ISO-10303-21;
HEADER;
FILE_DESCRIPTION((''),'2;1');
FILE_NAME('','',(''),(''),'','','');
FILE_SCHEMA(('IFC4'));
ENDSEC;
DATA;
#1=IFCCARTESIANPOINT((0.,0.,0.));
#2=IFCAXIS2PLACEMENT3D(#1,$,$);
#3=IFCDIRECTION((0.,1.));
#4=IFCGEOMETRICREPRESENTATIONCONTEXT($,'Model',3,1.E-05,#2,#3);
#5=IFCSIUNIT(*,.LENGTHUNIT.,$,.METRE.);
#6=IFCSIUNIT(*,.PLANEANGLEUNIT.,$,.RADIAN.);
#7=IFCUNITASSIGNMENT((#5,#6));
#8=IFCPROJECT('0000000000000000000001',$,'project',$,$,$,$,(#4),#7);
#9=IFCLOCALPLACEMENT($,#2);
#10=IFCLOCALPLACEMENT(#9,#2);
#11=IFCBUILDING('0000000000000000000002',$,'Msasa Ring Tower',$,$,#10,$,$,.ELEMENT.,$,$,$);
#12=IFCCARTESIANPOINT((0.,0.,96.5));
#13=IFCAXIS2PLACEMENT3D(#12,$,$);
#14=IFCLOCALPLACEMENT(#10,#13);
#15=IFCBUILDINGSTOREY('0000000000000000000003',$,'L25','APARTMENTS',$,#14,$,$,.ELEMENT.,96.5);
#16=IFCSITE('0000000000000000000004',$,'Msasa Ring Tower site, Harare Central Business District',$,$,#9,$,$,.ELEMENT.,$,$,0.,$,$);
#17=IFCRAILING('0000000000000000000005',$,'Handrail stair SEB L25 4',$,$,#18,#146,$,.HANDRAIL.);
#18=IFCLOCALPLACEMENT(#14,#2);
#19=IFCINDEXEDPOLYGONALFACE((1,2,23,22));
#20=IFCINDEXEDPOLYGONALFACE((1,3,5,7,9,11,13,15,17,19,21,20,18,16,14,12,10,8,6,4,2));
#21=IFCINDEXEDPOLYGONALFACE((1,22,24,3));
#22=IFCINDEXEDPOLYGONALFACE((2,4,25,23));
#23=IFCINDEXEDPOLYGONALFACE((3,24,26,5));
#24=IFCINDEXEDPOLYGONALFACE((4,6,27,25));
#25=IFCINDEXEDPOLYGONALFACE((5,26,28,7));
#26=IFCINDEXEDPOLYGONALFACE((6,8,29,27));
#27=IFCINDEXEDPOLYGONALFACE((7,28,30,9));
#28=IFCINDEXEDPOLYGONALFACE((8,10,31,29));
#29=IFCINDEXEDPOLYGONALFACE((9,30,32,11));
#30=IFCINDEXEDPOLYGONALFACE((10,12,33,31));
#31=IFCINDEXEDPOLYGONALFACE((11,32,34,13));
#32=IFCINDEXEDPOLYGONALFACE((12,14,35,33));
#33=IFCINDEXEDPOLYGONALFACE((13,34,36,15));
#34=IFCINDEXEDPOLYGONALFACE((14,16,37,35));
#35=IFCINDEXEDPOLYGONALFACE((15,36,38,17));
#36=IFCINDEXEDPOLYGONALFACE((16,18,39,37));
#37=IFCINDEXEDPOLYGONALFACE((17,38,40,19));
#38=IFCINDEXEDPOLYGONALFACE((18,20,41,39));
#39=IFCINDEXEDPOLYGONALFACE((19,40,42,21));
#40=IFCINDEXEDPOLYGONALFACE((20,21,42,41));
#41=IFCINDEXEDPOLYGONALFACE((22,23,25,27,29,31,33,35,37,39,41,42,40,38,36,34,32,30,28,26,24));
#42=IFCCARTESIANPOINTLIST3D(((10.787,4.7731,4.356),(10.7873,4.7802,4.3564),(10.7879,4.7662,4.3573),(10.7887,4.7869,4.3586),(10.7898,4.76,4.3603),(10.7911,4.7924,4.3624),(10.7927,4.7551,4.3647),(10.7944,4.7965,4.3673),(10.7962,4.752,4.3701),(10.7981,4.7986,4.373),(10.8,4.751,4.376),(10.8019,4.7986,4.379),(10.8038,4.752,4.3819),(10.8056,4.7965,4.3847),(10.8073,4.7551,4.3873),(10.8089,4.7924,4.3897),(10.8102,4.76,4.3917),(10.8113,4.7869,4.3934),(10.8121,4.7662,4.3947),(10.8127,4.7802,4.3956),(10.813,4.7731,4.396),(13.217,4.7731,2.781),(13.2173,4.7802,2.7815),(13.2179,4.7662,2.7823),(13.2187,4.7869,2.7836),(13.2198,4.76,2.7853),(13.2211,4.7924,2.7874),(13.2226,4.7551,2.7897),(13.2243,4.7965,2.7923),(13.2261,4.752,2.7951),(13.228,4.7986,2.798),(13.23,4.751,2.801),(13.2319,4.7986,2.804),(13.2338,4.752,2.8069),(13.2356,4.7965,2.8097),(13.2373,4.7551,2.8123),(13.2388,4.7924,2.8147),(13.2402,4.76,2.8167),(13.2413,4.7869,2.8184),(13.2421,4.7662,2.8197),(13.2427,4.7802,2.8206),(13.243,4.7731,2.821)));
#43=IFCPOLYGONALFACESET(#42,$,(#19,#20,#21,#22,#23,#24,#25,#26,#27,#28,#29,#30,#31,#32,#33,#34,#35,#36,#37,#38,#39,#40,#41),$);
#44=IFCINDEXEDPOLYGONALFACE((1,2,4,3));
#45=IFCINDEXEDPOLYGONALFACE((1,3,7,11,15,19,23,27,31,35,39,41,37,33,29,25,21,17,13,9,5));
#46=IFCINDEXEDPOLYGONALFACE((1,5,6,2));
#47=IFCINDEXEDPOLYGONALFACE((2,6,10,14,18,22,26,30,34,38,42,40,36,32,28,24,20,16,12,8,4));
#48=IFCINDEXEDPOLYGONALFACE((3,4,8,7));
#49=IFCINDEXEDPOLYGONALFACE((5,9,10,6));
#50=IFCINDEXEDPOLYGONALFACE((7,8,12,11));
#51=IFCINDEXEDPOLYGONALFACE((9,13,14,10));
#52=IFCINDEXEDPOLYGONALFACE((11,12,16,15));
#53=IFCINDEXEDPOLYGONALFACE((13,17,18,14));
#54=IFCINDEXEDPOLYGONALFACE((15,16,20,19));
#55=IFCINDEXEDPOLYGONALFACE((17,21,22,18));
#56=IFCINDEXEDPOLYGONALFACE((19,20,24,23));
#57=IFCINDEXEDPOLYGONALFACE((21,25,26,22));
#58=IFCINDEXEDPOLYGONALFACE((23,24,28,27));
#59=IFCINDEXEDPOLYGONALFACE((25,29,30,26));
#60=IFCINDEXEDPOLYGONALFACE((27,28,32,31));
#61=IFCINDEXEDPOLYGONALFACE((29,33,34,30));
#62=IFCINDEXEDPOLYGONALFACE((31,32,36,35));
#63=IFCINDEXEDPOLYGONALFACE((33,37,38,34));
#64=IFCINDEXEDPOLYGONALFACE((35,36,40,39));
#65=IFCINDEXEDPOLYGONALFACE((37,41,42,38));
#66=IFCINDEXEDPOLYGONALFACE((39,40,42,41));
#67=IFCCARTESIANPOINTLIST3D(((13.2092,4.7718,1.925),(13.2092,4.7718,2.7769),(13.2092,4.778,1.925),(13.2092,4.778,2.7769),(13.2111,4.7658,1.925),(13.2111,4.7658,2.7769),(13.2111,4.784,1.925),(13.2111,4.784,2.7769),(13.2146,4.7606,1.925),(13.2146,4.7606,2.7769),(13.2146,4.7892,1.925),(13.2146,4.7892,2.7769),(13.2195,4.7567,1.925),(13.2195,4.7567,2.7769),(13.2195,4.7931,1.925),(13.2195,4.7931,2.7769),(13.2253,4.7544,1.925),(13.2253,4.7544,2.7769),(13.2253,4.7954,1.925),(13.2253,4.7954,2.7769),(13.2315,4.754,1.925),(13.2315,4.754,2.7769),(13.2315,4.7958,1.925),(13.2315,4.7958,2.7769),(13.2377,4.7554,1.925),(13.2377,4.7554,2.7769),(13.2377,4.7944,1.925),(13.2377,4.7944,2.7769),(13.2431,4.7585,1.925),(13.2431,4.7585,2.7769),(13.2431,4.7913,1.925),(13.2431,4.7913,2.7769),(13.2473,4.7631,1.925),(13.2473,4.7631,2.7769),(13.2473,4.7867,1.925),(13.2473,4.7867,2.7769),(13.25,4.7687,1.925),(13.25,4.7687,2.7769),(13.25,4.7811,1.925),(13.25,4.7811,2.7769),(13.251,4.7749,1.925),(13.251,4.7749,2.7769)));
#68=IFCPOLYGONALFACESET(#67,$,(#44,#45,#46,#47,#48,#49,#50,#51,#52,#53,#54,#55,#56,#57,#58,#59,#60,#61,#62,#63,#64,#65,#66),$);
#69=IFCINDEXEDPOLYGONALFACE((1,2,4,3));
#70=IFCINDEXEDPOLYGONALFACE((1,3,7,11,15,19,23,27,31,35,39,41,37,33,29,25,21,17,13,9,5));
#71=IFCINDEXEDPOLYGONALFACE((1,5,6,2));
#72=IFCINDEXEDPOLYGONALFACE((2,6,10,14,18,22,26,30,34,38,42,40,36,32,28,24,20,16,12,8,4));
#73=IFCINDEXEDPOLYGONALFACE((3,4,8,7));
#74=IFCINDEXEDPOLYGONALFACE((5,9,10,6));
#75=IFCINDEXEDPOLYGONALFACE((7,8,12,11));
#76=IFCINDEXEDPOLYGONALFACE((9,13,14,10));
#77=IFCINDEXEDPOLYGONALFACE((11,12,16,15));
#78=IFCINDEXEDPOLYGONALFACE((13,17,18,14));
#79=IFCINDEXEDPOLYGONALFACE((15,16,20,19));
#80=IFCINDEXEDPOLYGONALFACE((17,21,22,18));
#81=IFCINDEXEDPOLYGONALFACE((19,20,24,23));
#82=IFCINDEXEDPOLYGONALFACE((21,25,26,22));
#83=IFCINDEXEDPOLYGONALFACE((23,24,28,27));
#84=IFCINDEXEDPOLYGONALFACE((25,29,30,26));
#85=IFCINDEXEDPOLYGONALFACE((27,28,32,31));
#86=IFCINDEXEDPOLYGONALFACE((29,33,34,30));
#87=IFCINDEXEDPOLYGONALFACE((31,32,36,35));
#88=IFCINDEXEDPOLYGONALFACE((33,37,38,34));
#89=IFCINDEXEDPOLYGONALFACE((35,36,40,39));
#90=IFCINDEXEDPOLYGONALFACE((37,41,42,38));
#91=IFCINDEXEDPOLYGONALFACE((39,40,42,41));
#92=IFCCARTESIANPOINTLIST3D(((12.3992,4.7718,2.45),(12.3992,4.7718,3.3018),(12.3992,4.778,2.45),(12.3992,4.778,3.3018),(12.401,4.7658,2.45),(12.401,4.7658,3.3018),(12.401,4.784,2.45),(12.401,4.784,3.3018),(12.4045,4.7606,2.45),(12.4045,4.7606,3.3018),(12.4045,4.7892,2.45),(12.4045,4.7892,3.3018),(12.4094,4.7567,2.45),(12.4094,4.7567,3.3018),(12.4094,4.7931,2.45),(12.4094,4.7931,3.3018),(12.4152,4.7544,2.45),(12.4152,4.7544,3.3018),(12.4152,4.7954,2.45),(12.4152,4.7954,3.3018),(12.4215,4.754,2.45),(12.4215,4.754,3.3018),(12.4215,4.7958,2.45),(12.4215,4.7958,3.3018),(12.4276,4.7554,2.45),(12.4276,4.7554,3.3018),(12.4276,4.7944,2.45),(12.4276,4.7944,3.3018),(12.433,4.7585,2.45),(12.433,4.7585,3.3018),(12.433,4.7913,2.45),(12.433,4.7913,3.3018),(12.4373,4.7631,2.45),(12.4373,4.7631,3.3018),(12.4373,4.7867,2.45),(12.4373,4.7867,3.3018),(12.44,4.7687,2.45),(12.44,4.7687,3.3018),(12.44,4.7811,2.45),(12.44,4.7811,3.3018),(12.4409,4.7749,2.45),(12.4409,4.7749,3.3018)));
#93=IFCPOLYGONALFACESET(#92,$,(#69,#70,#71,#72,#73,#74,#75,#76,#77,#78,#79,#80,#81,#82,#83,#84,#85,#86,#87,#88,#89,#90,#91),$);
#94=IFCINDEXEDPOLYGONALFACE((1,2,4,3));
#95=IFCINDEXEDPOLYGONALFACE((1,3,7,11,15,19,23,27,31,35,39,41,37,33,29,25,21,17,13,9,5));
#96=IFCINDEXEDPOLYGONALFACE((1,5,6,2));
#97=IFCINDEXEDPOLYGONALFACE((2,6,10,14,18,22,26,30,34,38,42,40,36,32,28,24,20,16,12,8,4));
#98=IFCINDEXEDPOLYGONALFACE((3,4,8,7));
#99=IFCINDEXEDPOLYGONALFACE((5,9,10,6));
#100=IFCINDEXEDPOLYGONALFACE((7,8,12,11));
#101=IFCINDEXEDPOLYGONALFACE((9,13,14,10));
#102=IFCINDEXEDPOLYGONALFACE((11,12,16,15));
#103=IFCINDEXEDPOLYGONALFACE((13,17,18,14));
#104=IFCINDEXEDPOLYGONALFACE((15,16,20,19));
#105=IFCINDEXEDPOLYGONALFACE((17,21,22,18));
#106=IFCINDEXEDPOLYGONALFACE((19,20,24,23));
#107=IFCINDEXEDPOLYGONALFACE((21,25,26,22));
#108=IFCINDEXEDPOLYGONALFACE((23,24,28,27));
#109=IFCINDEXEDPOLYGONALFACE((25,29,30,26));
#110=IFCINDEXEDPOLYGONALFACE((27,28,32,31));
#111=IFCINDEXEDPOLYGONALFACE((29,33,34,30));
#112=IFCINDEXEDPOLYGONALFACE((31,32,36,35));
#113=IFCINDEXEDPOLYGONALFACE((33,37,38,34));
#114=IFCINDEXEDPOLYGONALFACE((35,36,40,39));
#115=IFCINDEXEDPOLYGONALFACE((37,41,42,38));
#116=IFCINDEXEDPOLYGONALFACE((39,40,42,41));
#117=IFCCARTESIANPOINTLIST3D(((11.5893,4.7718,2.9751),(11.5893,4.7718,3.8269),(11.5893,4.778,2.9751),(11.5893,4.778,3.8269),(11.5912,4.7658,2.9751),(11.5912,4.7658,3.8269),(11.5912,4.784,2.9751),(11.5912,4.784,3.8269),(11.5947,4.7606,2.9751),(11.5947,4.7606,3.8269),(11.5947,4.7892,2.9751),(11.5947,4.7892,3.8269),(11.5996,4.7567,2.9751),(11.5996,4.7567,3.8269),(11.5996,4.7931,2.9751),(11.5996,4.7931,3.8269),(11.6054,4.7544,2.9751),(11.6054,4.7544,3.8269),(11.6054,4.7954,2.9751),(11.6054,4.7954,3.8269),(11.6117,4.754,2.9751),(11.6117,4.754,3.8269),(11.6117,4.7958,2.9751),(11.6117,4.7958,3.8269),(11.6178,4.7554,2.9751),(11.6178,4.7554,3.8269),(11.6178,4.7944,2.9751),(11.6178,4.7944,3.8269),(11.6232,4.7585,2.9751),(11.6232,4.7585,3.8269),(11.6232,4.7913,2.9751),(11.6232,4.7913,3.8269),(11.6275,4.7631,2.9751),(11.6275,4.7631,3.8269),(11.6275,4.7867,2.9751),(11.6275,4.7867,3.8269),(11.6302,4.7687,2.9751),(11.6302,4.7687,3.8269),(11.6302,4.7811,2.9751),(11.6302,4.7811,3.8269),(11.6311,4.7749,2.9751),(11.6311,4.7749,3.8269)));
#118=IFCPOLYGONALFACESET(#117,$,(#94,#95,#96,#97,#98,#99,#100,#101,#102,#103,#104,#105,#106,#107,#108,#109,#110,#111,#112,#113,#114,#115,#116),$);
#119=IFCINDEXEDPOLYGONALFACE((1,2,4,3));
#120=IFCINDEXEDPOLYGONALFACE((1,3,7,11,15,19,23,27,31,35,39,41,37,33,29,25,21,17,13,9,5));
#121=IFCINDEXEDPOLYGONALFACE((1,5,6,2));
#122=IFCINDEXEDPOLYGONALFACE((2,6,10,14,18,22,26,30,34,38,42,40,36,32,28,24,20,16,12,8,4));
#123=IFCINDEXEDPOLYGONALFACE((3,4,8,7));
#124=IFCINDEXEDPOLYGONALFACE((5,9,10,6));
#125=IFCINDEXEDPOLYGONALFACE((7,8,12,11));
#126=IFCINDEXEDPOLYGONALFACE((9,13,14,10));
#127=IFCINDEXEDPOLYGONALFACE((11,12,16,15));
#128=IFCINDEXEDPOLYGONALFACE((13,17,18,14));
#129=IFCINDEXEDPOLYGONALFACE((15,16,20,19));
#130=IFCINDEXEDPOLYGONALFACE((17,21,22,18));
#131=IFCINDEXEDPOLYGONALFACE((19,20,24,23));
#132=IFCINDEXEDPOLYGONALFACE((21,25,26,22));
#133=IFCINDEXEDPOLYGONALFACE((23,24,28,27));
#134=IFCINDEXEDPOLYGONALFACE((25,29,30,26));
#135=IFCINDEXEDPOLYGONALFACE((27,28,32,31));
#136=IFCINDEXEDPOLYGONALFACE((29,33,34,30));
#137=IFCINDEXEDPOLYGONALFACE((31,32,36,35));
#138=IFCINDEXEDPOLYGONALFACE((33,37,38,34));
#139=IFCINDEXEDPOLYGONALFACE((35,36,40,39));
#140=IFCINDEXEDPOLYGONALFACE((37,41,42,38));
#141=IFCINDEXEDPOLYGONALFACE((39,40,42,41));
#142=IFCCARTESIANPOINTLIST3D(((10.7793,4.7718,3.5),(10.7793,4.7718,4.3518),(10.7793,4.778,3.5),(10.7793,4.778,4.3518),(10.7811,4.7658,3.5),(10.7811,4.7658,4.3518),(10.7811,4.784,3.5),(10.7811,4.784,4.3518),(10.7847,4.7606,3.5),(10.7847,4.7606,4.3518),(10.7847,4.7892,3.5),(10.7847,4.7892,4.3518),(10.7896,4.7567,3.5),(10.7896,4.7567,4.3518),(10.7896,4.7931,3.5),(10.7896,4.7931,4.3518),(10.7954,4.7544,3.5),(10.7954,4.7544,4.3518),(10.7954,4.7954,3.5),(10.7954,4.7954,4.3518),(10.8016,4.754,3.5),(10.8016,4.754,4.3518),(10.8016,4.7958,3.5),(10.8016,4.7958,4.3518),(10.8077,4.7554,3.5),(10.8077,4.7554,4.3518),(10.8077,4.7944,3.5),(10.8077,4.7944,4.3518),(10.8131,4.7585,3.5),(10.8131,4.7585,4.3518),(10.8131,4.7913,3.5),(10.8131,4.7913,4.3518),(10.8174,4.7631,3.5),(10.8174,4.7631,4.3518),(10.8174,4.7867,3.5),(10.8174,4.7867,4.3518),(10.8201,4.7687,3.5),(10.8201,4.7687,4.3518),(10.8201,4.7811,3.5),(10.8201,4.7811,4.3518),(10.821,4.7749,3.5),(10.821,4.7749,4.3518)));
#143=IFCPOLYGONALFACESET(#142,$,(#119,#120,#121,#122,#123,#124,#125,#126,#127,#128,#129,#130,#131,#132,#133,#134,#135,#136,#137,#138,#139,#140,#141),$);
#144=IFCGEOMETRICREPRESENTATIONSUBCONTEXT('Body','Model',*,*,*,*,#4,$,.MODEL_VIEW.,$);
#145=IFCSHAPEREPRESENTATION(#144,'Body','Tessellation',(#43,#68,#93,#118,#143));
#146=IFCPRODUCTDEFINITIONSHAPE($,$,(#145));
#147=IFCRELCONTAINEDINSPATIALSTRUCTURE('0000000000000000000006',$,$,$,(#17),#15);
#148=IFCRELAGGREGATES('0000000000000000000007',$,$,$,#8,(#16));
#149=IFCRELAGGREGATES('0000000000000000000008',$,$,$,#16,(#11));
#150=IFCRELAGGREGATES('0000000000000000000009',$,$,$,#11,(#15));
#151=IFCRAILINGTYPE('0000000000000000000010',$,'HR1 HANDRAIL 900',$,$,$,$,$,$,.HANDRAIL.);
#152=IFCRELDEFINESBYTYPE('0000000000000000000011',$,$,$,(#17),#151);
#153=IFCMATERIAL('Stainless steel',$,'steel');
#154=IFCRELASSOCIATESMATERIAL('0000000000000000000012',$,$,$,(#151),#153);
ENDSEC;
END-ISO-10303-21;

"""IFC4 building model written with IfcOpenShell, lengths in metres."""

from ifc_helpers import new_model, si_unit, direction, frame, origin, origin_2d, place, context, subcontext, project, spatial, circle, extrude, material, type_object, element, save


model = new_model("IFC4")

# Units and contexts
model_context = context("Model", 3, precision=1e-05, world=origin(), true_north=direction((0.0, 1.0)))
body_context = subcontext(model_context, "Body", "Model", "MODEL_VIEW")
ifc_project = project(units=[si_unit("LENGTHUNIT", "METRE"), si_unit("PLANEANGLEUNIT", "RADIAN")], contexts=[model_context])

# Site, building, storey
site_placement = place(None, origin())
site = spatial("IfcSite", under=ifc_project, at=site_placement, Name="Msasa Ring Tower site, Harare Central Business District", CompositionType="ELEMENT", RefElevation=0.0)
building_placement = place(site_placement, origin())
building = spatial("IfcBuilding", under=site, at=building_placement, Name="Msasa Ring Tower", CompositionType="ELEMENT")
storey_placement = place(building_placement, frame((0.0, 0.0, 96.5)))
storey = spatial("IfcBuildingStorey", under=building, at=storey_placement, Name="L25", Description="APARTMENTS", CompositionType="ELEMENT", Elevation=96.5)

# Railing
ifc_material_1 = material(Name="Stainless steel", Category="steel")
railing_type = type_object("IfcRailingType", Name="HR1 HANDRAIL 900", PredefinedType="HANDRAIL", material=ifc_material_1)
for number, where, name in (
    (1, (13.23, 4.7749, 1.925), "Handrail stair SEB L25 4"),
):
    element("IfcRailing", number, at=place(storey_placement, frame(where)), inside=storey, type_object=railing_type, Name=name, PredefinedType="HANDRAIL", context=body_context, shape_type="SweptSolid", body=[
        extrude(circle(Radius=0.0239, at=origin_2d()), frame((0.0, 0.0, 0.876), z_axis=(-0.839154, 0.0, 0.543894), x_axis=(0.0, -1.0, 0.0)), (0.0, 0.0, 1.0), 2.8958),
        extrude(circle(Radius=0.021, at=origin_2d()), origin(), (0.0, 0.0, 1.0), 0.8518),
        extrude(circle(Radius=0.021, at=origin_2d()), frame((-0.8101, 0.0, 0.5249)), (0.0, 0.0, 1.0), 0.8518),
        extrude(circle(Radius=0.021, at=origin_2d()), frame((-1.6199, 0.0, 1.05)), (0.0, 0.0, 1.0), 0.8518),
        extrude(circle(Radius=0.021, at=origin_2d()), frame((-2.4299, 0.0, 1.575)), (0.0, 0.0, 1.0), 0.8518),
    ])

save(model, "model.ifc")
